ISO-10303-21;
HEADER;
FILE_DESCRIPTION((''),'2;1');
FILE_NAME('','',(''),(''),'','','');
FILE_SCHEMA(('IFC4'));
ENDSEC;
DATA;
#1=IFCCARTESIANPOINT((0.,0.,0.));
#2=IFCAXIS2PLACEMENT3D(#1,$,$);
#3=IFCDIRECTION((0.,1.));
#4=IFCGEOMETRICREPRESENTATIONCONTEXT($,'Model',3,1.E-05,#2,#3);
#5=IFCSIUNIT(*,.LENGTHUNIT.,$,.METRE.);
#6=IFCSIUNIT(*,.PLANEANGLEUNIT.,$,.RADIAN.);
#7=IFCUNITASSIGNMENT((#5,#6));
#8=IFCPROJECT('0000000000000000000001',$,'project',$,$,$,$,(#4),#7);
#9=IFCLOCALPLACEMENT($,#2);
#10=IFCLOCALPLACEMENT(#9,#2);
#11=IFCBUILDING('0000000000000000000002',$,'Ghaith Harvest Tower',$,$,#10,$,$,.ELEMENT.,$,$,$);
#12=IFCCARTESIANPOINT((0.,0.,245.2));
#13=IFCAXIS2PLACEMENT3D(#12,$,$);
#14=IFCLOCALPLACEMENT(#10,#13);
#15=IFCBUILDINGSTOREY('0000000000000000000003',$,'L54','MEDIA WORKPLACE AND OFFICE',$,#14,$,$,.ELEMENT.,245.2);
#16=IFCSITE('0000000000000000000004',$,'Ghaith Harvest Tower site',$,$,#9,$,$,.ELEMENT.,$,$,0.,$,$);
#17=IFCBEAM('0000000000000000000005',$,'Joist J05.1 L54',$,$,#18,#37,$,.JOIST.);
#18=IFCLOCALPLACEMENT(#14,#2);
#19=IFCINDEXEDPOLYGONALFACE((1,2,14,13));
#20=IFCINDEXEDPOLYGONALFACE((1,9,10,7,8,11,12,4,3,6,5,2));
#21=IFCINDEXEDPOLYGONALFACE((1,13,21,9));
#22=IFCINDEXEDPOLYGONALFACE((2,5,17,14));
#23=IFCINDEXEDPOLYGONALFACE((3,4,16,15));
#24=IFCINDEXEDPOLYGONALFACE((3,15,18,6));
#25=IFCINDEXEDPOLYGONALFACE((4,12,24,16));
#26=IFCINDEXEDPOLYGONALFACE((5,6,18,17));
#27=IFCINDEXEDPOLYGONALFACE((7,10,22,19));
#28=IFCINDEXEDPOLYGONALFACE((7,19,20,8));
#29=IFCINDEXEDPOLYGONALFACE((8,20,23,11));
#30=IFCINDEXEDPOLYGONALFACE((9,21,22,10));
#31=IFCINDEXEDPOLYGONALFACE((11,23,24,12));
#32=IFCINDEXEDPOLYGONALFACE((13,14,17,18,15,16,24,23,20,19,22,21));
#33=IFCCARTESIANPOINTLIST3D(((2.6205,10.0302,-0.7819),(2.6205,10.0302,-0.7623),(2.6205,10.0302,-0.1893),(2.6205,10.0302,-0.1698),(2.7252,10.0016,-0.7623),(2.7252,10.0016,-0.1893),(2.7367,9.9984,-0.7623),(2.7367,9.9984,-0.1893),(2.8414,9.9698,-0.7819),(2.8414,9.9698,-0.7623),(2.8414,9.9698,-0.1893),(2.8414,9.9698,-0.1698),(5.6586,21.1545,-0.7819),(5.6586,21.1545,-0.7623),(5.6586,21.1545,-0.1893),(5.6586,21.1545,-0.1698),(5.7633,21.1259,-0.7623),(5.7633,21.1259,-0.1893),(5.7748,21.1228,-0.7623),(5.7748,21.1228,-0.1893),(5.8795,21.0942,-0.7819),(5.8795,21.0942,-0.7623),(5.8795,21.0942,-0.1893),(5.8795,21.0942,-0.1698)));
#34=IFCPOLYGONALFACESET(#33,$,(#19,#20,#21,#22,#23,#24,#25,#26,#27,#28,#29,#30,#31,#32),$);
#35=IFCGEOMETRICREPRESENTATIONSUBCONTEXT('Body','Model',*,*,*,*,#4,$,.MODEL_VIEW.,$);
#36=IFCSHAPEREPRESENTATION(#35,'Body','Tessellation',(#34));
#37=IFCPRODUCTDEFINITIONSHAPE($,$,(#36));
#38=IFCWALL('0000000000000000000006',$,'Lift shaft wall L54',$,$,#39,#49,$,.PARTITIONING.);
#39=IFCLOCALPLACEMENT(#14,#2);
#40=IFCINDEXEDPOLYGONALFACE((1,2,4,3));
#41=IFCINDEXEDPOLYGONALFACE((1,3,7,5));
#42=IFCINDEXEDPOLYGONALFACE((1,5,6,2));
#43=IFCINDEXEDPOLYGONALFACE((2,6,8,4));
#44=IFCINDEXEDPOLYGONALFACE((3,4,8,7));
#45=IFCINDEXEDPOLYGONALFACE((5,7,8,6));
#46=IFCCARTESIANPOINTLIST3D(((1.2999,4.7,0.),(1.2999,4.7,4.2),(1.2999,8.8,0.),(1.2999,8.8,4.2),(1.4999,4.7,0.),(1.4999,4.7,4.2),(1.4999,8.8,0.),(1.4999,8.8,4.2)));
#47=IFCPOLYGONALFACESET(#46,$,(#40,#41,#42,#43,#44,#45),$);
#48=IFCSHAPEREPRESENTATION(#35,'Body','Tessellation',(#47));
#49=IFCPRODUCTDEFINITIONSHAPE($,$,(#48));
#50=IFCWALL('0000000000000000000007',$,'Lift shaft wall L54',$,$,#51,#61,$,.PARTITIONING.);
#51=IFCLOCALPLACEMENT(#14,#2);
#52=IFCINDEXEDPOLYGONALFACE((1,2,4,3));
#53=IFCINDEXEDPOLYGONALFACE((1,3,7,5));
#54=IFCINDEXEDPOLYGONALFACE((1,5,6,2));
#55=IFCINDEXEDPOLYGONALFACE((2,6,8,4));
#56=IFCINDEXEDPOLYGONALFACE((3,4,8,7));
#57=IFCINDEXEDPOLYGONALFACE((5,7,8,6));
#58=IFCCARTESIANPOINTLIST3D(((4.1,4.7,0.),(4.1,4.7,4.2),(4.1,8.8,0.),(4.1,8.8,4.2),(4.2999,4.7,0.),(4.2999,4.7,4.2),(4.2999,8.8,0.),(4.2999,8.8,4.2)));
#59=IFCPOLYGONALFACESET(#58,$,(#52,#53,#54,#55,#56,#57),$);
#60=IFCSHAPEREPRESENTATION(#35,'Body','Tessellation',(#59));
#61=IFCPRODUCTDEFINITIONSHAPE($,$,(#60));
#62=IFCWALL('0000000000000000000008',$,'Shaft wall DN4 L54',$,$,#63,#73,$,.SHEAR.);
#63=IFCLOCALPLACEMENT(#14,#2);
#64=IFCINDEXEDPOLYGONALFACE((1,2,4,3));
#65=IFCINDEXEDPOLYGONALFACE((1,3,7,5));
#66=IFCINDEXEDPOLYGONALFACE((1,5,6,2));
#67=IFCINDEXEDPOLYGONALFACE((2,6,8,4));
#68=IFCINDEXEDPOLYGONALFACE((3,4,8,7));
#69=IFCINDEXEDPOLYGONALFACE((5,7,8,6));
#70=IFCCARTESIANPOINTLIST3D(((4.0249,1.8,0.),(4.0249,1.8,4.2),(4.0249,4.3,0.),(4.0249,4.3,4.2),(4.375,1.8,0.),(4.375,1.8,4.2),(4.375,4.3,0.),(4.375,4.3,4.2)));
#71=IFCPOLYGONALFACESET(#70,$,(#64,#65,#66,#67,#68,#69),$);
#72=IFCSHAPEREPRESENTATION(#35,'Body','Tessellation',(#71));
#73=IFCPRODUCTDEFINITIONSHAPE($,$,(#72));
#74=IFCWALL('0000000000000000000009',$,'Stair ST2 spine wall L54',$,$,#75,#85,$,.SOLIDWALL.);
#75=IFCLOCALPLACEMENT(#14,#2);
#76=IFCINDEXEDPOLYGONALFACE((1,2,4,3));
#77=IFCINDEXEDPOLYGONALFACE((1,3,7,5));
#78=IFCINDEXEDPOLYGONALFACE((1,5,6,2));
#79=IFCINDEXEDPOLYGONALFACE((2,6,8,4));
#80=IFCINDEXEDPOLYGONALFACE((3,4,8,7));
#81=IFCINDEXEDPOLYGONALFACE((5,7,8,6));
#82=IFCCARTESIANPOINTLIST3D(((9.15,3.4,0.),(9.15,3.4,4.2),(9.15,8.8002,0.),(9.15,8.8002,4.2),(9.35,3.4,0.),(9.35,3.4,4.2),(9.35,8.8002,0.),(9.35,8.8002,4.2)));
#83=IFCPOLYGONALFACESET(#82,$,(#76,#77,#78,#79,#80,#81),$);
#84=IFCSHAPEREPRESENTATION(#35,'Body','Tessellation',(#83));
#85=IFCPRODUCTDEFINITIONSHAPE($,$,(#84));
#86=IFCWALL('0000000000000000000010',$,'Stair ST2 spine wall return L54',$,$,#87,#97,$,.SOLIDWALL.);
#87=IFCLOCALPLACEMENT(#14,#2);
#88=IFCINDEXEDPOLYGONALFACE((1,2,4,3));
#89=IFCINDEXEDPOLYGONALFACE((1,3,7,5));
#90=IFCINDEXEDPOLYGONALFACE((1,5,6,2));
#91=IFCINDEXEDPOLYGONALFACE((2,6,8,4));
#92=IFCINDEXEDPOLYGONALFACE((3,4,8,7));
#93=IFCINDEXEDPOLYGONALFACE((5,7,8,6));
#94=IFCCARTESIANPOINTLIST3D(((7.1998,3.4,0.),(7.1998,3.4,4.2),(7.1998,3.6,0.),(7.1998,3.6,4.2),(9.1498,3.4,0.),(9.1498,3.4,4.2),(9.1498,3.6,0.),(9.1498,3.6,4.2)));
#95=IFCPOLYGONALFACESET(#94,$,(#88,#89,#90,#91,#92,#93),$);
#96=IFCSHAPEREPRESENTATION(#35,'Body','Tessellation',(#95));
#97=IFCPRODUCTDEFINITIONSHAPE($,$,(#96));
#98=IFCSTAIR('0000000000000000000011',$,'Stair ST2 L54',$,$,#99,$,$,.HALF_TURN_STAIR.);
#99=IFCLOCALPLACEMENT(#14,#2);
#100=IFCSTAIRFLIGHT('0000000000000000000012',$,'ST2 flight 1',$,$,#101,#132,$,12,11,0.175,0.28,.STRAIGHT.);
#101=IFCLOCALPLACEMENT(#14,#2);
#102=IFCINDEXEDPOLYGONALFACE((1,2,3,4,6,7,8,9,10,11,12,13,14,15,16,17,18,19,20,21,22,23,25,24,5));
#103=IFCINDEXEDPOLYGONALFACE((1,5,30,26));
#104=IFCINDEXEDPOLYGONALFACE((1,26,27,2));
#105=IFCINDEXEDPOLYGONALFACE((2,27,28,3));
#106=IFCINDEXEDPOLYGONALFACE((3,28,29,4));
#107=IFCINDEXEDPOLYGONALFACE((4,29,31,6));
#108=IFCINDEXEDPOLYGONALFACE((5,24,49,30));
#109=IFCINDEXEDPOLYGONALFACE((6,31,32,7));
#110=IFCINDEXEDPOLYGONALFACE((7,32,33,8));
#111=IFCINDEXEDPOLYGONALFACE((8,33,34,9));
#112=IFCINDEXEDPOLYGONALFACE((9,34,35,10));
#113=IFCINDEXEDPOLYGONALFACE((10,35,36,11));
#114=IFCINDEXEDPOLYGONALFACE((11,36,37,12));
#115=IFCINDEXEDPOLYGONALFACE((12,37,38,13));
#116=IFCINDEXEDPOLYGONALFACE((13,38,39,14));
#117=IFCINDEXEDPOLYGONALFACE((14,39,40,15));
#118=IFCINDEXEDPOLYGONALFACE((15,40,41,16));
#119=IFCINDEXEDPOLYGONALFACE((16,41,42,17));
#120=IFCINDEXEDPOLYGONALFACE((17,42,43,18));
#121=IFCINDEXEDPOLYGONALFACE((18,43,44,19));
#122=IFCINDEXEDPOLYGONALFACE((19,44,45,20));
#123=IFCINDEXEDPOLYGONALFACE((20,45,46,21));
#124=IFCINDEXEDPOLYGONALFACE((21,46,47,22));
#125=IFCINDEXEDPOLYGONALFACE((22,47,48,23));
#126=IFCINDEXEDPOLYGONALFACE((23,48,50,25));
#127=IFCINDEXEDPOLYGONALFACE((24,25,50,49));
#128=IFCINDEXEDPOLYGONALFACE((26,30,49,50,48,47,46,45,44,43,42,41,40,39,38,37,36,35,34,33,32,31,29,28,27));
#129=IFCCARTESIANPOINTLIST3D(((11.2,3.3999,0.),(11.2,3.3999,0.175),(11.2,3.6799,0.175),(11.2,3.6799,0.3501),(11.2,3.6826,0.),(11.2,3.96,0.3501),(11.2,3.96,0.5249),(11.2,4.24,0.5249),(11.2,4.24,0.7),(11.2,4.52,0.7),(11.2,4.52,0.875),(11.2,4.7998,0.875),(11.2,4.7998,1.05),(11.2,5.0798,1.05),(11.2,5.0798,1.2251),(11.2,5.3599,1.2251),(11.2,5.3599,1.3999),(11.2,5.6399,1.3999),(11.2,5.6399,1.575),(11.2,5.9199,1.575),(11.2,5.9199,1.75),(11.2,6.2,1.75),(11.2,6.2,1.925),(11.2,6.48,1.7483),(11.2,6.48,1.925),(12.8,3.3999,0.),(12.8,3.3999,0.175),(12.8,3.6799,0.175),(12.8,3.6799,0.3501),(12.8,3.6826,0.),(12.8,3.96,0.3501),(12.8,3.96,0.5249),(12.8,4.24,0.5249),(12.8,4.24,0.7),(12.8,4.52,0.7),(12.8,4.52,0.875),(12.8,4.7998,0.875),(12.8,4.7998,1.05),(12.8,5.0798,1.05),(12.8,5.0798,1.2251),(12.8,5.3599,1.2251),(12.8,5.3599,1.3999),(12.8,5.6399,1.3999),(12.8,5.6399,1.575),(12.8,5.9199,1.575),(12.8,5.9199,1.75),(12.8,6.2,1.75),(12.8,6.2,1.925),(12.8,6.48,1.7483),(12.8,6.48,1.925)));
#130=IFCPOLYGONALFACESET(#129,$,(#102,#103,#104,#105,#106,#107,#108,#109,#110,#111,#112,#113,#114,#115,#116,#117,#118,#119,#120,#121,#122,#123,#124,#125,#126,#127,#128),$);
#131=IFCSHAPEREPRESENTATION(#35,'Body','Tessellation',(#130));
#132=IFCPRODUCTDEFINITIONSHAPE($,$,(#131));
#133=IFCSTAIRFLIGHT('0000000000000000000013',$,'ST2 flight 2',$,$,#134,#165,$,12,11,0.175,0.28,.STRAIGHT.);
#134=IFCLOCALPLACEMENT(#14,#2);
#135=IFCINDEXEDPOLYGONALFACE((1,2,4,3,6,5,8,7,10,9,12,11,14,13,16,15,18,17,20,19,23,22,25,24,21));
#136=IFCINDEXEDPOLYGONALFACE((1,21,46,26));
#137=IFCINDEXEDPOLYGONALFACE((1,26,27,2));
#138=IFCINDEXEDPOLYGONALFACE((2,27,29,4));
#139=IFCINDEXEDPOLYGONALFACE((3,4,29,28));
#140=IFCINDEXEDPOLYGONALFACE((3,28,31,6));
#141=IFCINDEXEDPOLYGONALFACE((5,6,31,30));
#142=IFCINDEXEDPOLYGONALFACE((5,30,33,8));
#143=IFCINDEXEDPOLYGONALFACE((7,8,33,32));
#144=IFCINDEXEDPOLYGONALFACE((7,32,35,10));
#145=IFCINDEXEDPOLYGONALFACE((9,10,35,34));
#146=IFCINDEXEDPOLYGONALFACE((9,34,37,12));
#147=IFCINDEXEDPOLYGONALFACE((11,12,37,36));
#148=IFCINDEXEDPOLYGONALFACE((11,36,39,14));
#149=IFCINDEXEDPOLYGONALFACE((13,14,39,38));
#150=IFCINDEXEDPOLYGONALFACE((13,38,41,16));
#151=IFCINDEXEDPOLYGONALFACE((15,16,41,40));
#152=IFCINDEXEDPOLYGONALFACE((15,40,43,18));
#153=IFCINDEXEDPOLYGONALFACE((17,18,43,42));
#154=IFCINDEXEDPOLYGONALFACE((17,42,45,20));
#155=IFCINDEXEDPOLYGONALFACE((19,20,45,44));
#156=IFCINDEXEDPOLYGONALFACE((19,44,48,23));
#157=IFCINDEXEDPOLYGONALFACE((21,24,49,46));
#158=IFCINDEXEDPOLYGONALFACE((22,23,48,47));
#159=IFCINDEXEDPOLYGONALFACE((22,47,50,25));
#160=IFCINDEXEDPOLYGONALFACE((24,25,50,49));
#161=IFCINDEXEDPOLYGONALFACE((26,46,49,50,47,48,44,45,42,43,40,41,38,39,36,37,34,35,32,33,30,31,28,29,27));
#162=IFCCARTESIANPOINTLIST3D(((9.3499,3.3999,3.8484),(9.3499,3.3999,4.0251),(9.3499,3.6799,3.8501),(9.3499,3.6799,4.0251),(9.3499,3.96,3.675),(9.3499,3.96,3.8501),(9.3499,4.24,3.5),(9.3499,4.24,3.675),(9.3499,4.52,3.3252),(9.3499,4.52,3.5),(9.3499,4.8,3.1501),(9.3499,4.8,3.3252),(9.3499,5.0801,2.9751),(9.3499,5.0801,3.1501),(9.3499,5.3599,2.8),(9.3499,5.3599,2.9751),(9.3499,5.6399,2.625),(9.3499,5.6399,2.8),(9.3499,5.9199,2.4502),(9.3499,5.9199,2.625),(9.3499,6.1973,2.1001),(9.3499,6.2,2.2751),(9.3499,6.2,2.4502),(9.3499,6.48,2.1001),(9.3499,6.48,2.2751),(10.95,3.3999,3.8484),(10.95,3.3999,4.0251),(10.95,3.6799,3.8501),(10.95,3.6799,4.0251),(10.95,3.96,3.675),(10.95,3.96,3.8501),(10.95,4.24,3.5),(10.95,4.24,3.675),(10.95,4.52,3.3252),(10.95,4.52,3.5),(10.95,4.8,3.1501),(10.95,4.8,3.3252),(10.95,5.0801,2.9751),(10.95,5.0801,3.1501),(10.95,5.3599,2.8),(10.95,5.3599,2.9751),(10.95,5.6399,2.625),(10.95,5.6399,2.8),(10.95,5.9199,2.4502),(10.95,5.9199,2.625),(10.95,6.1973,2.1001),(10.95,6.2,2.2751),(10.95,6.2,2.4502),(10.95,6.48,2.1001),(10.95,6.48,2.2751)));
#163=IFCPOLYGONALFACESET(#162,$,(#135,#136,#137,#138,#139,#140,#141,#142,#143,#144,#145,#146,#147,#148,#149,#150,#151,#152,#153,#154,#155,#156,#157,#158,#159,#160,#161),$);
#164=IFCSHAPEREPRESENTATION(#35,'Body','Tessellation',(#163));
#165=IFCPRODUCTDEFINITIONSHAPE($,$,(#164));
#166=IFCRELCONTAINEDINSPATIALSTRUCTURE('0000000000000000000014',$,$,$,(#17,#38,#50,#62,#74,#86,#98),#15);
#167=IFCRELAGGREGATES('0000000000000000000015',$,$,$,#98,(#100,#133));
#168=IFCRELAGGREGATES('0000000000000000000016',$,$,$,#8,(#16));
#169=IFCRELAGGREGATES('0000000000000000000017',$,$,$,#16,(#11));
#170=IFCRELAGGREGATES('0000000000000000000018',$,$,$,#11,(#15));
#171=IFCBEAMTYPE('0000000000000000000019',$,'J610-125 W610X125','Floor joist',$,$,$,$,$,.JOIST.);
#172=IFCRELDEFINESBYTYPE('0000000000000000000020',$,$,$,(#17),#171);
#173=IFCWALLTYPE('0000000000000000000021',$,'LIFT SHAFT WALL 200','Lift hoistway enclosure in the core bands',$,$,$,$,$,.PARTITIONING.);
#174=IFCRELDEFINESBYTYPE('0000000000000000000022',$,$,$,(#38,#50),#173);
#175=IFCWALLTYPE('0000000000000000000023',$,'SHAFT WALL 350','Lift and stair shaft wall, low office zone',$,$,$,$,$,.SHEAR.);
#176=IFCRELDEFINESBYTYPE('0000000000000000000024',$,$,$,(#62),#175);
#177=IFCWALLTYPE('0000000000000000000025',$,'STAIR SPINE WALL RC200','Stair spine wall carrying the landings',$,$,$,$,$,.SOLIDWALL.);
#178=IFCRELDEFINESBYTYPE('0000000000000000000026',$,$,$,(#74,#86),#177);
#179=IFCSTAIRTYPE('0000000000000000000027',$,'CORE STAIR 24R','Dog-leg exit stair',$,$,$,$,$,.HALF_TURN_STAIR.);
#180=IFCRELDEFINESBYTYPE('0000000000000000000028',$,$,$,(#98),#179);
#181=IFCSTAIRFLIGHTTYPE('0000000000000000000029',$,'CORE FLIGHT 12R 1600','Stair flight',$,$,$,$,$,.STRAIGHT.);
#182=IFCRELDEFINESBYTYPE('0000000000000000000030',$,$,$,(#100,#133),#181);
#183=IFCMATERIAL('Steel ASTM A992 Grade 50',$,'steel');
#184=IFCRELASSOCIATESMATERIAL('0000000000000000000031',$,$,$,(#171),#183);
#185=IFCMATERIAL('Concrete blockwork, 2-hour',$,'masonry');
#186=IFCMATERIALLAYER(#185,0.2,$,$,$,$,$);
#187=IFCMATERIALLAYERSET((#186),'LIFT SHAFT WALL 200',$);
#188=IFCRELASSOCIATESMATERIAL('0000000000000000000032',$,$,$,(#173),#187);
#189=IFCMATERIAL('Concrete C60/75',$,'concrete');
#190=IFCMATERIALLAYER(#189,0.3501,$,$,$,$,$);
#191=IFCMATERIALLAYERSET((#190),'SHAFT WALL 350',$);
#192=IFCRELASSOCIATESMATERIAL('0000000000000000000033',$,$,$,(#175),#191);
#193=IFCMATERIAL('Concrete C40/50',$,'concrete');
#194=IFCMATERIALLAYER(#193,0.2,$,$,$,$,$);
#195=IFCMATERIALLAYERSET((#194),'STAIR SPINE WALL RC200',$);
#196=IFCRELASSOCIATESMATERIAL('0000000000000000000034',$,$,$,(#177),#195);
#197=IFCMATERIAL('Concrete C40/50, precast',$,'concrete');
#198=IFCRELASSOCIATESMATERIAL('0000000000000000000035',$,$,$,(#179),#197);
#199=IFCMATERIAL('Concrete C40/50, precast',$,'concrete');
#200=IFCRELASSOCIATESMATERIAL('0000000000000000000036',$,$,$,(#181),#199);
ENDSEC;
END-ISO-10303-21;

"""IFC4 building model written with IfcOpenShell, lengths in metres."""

from ifc_helpers import new_model, si_unit, direction, frame, frame_2d, origin, origin_2d, place, context, subcontext, project, spatial, polyline, rectangle, i_section, outline, extrude, material, layer, layer_set, material_profile, profile_set, type_object, element, aggregate, save


model = new_model("IFC4")

# Units and contexts
model_context = context("Model", 3, precision=1e-05, world=origin(), true_north=direction((0.0, 1.0)))
body_context = subcontext(model_context, "Body", "Model", "MODEL_VIEW")
ifc_project = project(units=[si_unit("LENGTHUNIT", "METRE"), si_unit("PLANEANGLEUNIT", "RADIAN")], contexts=[model_context])

# Site, building, storey
site_placement = place(None, origin())
site = spatial("IfcSite", under=ifc_project, at=site_placement, Name="Ghaith Harvest Tower site", CompositionType="ELEMENT", RefElevation=0.0)
building_placement = place(site_placement, origin())
building = spatial("IfcBuilding", under=site, at=building_placement, Name="Ghaith Harvest Tower", CompositionType="ELEMENT")
storey_placement = place(building_placement, frame((0.0, 0.0, 245.2)))
storey = spatial("IfcBuildingStorey", under=building, at=storey_placement, Name="L54", Description="MEDIA WORKPLACE AND OFFICE", CompositionType="ELEMENT", Elevation=245.2)

# Beam
ifc_material_1 = material(Name="Steel ASTM A992 Grade 50", Category="steel")
ifc_material_profile_1 = material_profile(ifc_material_1, i_section(OverallWidth=0.229, OverallDepth=0.6121, WebThickness=0.012, FlangeThickness=0.0195, at=origin_2d()), Name="W610X125")
ifc_profile_set_1 = profile_set([ifc_material_profile_1], Name="Steel ASTM A992 Grade 50")
beam_type_1 = type_object("IfcBeamType", Name="J610-125 W610X125", Description="Floor joist", PredefinedType="JOIST", material=ifc_profile_set_1)
beam_1_placement = place(storey_placement, frame((2.731, 10.0, -0.4758), z_axis=(0.263456, 0.964671, 0.0), x_axis=(-0.964671, 0.263456, 0.0)))
element("IfcBeam", 1, at=beam_1_placement, inside=storey, type_object=beam_type_1, Name="Joist J05.1 L54", PredefinedType="JOIST", context=body_context, shape_type="SweptSolid", body=[
    extrude(i_section(OverallWidth=0.229, OverallDepth=0.6121, WebThickness=0.012, FlangeThickness=0.0195, at=origin_2d()), origin(), (0.0, 0.0, 1.0), 11.5317),
])

# Walls
ifc_material_2 = material(Name="Concrete blockwork, 2-hour", Category="masonry")
ifc_layer_1 = layer(ifc_material_2, 0.2)
ifc_layer_set_1 = layer_set([ifc_layer_1], Name="LIFT SHAFT WALL 200")
wall_type_1 = type_object("IfcWallType", Name="LIFT SHAFT WALL 200", Description="Lift hoistway enclosure in the core bands", PredefinedType="PARTITIONING", material=ifc_layer_set_1)
for number, where, z_axis, x_axis, name in (
    (2, (1.3999, 4.7, 0.0), (0.0, 0.0, 1.0), (0.0, 1.0, 0.0), "Lift shaft wall L54"),
    (3, (4.2, 4.7, 0.0), (0.0, 0.0, 1.0), (0.0, 1.0, 0.0), "Lift shaft wall L54"),
):
    element("IfcWall", number, at=place(storey_placement, frame(where, z_axis=z_axis, x_axis=x_axis)), inside=storey, type_object=wall_type_1, Name=name, PredefinedType="PARTITIONING", context=body_context, shape_type="SweptSolid", body=[
        extrude(rectangle(XDim=4.1001, YDim=0.2, at=frame_2d((2.05, 0.0))), origin(), (0.0, 0.0, 1.0), 4.2),
    ])

# Shared definitions
ifc_material_3 = material(Name="Concrete C60/75", Category="concrete")
ifc_layer_2 = layer(ifc_material_3, 0.3501)
ifc_layer_set_2 = layer_set([ifc_layer_2], Name="SHAFT WALL 350")
wall_type_2 = type_object("IfcWallType", Name="SHAFT WALL 350", Description="Lift and stair shaft wall, low office zone", PredefinedType="SHEAR", material=ifc_layer_set_2)

# Walls
wall_1_placement = place(storey_placement, frame((4.2, 1.8, 0.0), z_axis=(0.0, 0.0, 1.0), x_axis=(0.0, 1.0, 0.0)))
element("IfcWall", 4, at=wall_1_placement, inside=storey, type_object=wall_type_2, Name="Shaft wall DN4 L54", PredefinedType="SHEAR", context=body_context, shape_type="SweptSolid", body=[
    extrude(rectangle(XDim=2.5, YDim=0.3501, at=frame_2d((1.25, 0.0))), origin(), (0.0, 0.0, 1.0), 4.2),
])
ifc_material_4 = material(Name="Concrete C40/50", Category="concrete")
ifc_layer_3 = layer(ifc_material_4, 0.2)
ifc_layer_set_3 = layer_set([ifc_layer_3], Name="STAIR SPINE WALL RC200")
wall_type_3 = type_object("IfcWallType", Name="STAIR SPINE WALL RC200", Description="Stair spine wall carrying the landings", PredefinedType="SOLIDWALL", material=ifc_layer_set_3)
wall_2_placement = place(storey_placement, frame((9.25, 3.3999, 0.0), z_axis=(0.0, 0.0, 1.0), x_axis=(0.0, 1.0, 0.0)))
element("IfcWall", 5, at=wall_2_placement, inside=storey, type_object=wall_type_3, Name="Stair ST2 spine wall L54", PredefinedType="SOLIDWALL", context=body_context, shape_type="SweptSolid", body=[
    extrude(rectangle(XDim=5.4001, YDim=0.2, at=frame_2d((2.7002, 0.0))), origin(), (0.0, 0.0, 1.0), 4.2),
])
wall_3_placement = place(storey_placement, frame((9.1499, 3.5, 0.0), z_axis=(0.0, 0.0, 1.0), x_axis=(-1.0, 0.0, 0.0)))
element("IfcWall", 6, at=wall_3_placement, inside=storey, type_object=wall_type_3, Name="Stair ST2 spine wall return L54", PredefinedType="SOLIDWALL", context=body_context, shape_type="SweptSolid", body=[
    extrude(rectangle(XDim=1.95, YDim=0.2, at=frame_2d((0.9751, 0.0))), origin(), (0.0, 0.0, 1.0), 4.2),
])

# Stair, stair flights
ifc_material_5 = material(Name="Concrete C40/50, precast", Category="concrete")
stair_type = type_object("IfcStairType", Name="CORE STAIR 24R", Description="Dog-leg exit stair", PredefinedType="HALF_TURN_STAIR", material=ifc_material_5)
stair_placement = place(storey_placement, origin())
stair = element("IfcStair", 7, at=stair_placement, inside=storey, type_object=stair_type, Name="Stair ST2 L54", PredefinedType="HALF_TURN_STAIR")
ifc_material_6 = material(Name="Concrete C40/50, precast", Category="concrete")
stair_flight_type = type_object("IfcStairFlightType", Name="CORE FLIGHT 12R 1600", Description="Stair flight", PredefinedType="STRAIGHT", material=ifc_material_6)
stair_flight_1_placement = place(storey_placement, frame((12.0, 3.3999, 0.0), z_axis=(0.0, 0.0, 1.0), x_axis=(0.0, 1.0, 0.0)))
stair_flight_1 = element("IfcStairFlight", 8, at=stair_flight_1_placement, type_object=stair_flight_type, Name="ST2 flight 1", NumberOfRisers=12, NumberOfTreads=11, PredefinedType="STRAIGHT", RiserHeight=0.175, TreadLength=0.28, context=body_context, shape_type="SweptSolid", body=[
    extrude(outline(polyline([(0.0, 0.0), (0.0, 0.175), (0.28, 0.175), (0.28, 0.3501), (0.5601, 0.3501), (0.5601, 0.5249), (0.8401, 0.5249), (0.8401, 0.7), (1.1201, 0.7), (1.1201, 0.875), (1.3999, 0.875), (1.3999, 1.05), (1.6799, 1.05), (1.6799, 1.2251), (1.96, 1.2251), (1.96, 1.3999), (2.24, 1.3999), (2.24, 1.575), (2.52, 1.575), (2.52, 1.75), (2.8, 1.75), (2.8, 1.925), (3.0801, 1.925), (3.0801, 2.1001), (3.0801, 1.7483), (0.2827, 0.0), (0.0, 0.0)])), frame((0.0, 0.8, 0.0), z_axis=(0.0, -1.0, 0.0), x_axis=(1.0, 0.0, 0.0)), (0.0, 0.0, 1.0), 1.6001),
])
stair_flight_2_placement = place(storey_placement, frame((10.1499, 6.48, 2.1001), z_axis=(0.0, 0.0, 1.0), x_axis=(0.0, -1.0, 0.0)))
stair_flight_2 = element("IfcStairFlight", 9, at=stair_flight_2_placement, type_object=stair_flight_type, Name="ST2 flight 2", NumberOfRisers=12, NumberOfTreads=11, PredefinedType="STRAIGHT", RiserHeight=0.175, TreadLength=0.28, context=body_context, shape_type="SweptSolid", body=[
    extrude(outline(polyline([(0.0, 0.0), (0.0, 0.175), (0.28, 0.175), (0.28, 0.3501), (0.5601, 0.3501), (0.5601, 0.5249), (0.8401, 0.5249), (0.8401, 0.7), (1.1201, 0.7), (1.1201, 0.875), (1.3999, 0.875), (1.3999, 1.05), (1.6799, 1.05), (1.6799, 1.2251), (1.96, 1.2251), (1.96, 1.3999), (2.24, 1.3999), (2.24, 1.575), (2.52, 1.575), (2.52, 1.75), (2.8, 1.75), (2.8, 1.925), (3.0801, 1.925), (3.0801, 2.1001), (3.0801, 1.7483), (0.2827, 0.0), (0.0, 0.0)])), frame((0.0, 0.8, 0.0), z_axis=(0.0, -1.0, 0.0), x_axis=(1.0, 0.0, 0.0)), (0.0, 0.0, 1.0), 1.6001),
])
aggregate(stair, [stair_flight_1, stair_flight_2])

save(model, "model.ifc")
